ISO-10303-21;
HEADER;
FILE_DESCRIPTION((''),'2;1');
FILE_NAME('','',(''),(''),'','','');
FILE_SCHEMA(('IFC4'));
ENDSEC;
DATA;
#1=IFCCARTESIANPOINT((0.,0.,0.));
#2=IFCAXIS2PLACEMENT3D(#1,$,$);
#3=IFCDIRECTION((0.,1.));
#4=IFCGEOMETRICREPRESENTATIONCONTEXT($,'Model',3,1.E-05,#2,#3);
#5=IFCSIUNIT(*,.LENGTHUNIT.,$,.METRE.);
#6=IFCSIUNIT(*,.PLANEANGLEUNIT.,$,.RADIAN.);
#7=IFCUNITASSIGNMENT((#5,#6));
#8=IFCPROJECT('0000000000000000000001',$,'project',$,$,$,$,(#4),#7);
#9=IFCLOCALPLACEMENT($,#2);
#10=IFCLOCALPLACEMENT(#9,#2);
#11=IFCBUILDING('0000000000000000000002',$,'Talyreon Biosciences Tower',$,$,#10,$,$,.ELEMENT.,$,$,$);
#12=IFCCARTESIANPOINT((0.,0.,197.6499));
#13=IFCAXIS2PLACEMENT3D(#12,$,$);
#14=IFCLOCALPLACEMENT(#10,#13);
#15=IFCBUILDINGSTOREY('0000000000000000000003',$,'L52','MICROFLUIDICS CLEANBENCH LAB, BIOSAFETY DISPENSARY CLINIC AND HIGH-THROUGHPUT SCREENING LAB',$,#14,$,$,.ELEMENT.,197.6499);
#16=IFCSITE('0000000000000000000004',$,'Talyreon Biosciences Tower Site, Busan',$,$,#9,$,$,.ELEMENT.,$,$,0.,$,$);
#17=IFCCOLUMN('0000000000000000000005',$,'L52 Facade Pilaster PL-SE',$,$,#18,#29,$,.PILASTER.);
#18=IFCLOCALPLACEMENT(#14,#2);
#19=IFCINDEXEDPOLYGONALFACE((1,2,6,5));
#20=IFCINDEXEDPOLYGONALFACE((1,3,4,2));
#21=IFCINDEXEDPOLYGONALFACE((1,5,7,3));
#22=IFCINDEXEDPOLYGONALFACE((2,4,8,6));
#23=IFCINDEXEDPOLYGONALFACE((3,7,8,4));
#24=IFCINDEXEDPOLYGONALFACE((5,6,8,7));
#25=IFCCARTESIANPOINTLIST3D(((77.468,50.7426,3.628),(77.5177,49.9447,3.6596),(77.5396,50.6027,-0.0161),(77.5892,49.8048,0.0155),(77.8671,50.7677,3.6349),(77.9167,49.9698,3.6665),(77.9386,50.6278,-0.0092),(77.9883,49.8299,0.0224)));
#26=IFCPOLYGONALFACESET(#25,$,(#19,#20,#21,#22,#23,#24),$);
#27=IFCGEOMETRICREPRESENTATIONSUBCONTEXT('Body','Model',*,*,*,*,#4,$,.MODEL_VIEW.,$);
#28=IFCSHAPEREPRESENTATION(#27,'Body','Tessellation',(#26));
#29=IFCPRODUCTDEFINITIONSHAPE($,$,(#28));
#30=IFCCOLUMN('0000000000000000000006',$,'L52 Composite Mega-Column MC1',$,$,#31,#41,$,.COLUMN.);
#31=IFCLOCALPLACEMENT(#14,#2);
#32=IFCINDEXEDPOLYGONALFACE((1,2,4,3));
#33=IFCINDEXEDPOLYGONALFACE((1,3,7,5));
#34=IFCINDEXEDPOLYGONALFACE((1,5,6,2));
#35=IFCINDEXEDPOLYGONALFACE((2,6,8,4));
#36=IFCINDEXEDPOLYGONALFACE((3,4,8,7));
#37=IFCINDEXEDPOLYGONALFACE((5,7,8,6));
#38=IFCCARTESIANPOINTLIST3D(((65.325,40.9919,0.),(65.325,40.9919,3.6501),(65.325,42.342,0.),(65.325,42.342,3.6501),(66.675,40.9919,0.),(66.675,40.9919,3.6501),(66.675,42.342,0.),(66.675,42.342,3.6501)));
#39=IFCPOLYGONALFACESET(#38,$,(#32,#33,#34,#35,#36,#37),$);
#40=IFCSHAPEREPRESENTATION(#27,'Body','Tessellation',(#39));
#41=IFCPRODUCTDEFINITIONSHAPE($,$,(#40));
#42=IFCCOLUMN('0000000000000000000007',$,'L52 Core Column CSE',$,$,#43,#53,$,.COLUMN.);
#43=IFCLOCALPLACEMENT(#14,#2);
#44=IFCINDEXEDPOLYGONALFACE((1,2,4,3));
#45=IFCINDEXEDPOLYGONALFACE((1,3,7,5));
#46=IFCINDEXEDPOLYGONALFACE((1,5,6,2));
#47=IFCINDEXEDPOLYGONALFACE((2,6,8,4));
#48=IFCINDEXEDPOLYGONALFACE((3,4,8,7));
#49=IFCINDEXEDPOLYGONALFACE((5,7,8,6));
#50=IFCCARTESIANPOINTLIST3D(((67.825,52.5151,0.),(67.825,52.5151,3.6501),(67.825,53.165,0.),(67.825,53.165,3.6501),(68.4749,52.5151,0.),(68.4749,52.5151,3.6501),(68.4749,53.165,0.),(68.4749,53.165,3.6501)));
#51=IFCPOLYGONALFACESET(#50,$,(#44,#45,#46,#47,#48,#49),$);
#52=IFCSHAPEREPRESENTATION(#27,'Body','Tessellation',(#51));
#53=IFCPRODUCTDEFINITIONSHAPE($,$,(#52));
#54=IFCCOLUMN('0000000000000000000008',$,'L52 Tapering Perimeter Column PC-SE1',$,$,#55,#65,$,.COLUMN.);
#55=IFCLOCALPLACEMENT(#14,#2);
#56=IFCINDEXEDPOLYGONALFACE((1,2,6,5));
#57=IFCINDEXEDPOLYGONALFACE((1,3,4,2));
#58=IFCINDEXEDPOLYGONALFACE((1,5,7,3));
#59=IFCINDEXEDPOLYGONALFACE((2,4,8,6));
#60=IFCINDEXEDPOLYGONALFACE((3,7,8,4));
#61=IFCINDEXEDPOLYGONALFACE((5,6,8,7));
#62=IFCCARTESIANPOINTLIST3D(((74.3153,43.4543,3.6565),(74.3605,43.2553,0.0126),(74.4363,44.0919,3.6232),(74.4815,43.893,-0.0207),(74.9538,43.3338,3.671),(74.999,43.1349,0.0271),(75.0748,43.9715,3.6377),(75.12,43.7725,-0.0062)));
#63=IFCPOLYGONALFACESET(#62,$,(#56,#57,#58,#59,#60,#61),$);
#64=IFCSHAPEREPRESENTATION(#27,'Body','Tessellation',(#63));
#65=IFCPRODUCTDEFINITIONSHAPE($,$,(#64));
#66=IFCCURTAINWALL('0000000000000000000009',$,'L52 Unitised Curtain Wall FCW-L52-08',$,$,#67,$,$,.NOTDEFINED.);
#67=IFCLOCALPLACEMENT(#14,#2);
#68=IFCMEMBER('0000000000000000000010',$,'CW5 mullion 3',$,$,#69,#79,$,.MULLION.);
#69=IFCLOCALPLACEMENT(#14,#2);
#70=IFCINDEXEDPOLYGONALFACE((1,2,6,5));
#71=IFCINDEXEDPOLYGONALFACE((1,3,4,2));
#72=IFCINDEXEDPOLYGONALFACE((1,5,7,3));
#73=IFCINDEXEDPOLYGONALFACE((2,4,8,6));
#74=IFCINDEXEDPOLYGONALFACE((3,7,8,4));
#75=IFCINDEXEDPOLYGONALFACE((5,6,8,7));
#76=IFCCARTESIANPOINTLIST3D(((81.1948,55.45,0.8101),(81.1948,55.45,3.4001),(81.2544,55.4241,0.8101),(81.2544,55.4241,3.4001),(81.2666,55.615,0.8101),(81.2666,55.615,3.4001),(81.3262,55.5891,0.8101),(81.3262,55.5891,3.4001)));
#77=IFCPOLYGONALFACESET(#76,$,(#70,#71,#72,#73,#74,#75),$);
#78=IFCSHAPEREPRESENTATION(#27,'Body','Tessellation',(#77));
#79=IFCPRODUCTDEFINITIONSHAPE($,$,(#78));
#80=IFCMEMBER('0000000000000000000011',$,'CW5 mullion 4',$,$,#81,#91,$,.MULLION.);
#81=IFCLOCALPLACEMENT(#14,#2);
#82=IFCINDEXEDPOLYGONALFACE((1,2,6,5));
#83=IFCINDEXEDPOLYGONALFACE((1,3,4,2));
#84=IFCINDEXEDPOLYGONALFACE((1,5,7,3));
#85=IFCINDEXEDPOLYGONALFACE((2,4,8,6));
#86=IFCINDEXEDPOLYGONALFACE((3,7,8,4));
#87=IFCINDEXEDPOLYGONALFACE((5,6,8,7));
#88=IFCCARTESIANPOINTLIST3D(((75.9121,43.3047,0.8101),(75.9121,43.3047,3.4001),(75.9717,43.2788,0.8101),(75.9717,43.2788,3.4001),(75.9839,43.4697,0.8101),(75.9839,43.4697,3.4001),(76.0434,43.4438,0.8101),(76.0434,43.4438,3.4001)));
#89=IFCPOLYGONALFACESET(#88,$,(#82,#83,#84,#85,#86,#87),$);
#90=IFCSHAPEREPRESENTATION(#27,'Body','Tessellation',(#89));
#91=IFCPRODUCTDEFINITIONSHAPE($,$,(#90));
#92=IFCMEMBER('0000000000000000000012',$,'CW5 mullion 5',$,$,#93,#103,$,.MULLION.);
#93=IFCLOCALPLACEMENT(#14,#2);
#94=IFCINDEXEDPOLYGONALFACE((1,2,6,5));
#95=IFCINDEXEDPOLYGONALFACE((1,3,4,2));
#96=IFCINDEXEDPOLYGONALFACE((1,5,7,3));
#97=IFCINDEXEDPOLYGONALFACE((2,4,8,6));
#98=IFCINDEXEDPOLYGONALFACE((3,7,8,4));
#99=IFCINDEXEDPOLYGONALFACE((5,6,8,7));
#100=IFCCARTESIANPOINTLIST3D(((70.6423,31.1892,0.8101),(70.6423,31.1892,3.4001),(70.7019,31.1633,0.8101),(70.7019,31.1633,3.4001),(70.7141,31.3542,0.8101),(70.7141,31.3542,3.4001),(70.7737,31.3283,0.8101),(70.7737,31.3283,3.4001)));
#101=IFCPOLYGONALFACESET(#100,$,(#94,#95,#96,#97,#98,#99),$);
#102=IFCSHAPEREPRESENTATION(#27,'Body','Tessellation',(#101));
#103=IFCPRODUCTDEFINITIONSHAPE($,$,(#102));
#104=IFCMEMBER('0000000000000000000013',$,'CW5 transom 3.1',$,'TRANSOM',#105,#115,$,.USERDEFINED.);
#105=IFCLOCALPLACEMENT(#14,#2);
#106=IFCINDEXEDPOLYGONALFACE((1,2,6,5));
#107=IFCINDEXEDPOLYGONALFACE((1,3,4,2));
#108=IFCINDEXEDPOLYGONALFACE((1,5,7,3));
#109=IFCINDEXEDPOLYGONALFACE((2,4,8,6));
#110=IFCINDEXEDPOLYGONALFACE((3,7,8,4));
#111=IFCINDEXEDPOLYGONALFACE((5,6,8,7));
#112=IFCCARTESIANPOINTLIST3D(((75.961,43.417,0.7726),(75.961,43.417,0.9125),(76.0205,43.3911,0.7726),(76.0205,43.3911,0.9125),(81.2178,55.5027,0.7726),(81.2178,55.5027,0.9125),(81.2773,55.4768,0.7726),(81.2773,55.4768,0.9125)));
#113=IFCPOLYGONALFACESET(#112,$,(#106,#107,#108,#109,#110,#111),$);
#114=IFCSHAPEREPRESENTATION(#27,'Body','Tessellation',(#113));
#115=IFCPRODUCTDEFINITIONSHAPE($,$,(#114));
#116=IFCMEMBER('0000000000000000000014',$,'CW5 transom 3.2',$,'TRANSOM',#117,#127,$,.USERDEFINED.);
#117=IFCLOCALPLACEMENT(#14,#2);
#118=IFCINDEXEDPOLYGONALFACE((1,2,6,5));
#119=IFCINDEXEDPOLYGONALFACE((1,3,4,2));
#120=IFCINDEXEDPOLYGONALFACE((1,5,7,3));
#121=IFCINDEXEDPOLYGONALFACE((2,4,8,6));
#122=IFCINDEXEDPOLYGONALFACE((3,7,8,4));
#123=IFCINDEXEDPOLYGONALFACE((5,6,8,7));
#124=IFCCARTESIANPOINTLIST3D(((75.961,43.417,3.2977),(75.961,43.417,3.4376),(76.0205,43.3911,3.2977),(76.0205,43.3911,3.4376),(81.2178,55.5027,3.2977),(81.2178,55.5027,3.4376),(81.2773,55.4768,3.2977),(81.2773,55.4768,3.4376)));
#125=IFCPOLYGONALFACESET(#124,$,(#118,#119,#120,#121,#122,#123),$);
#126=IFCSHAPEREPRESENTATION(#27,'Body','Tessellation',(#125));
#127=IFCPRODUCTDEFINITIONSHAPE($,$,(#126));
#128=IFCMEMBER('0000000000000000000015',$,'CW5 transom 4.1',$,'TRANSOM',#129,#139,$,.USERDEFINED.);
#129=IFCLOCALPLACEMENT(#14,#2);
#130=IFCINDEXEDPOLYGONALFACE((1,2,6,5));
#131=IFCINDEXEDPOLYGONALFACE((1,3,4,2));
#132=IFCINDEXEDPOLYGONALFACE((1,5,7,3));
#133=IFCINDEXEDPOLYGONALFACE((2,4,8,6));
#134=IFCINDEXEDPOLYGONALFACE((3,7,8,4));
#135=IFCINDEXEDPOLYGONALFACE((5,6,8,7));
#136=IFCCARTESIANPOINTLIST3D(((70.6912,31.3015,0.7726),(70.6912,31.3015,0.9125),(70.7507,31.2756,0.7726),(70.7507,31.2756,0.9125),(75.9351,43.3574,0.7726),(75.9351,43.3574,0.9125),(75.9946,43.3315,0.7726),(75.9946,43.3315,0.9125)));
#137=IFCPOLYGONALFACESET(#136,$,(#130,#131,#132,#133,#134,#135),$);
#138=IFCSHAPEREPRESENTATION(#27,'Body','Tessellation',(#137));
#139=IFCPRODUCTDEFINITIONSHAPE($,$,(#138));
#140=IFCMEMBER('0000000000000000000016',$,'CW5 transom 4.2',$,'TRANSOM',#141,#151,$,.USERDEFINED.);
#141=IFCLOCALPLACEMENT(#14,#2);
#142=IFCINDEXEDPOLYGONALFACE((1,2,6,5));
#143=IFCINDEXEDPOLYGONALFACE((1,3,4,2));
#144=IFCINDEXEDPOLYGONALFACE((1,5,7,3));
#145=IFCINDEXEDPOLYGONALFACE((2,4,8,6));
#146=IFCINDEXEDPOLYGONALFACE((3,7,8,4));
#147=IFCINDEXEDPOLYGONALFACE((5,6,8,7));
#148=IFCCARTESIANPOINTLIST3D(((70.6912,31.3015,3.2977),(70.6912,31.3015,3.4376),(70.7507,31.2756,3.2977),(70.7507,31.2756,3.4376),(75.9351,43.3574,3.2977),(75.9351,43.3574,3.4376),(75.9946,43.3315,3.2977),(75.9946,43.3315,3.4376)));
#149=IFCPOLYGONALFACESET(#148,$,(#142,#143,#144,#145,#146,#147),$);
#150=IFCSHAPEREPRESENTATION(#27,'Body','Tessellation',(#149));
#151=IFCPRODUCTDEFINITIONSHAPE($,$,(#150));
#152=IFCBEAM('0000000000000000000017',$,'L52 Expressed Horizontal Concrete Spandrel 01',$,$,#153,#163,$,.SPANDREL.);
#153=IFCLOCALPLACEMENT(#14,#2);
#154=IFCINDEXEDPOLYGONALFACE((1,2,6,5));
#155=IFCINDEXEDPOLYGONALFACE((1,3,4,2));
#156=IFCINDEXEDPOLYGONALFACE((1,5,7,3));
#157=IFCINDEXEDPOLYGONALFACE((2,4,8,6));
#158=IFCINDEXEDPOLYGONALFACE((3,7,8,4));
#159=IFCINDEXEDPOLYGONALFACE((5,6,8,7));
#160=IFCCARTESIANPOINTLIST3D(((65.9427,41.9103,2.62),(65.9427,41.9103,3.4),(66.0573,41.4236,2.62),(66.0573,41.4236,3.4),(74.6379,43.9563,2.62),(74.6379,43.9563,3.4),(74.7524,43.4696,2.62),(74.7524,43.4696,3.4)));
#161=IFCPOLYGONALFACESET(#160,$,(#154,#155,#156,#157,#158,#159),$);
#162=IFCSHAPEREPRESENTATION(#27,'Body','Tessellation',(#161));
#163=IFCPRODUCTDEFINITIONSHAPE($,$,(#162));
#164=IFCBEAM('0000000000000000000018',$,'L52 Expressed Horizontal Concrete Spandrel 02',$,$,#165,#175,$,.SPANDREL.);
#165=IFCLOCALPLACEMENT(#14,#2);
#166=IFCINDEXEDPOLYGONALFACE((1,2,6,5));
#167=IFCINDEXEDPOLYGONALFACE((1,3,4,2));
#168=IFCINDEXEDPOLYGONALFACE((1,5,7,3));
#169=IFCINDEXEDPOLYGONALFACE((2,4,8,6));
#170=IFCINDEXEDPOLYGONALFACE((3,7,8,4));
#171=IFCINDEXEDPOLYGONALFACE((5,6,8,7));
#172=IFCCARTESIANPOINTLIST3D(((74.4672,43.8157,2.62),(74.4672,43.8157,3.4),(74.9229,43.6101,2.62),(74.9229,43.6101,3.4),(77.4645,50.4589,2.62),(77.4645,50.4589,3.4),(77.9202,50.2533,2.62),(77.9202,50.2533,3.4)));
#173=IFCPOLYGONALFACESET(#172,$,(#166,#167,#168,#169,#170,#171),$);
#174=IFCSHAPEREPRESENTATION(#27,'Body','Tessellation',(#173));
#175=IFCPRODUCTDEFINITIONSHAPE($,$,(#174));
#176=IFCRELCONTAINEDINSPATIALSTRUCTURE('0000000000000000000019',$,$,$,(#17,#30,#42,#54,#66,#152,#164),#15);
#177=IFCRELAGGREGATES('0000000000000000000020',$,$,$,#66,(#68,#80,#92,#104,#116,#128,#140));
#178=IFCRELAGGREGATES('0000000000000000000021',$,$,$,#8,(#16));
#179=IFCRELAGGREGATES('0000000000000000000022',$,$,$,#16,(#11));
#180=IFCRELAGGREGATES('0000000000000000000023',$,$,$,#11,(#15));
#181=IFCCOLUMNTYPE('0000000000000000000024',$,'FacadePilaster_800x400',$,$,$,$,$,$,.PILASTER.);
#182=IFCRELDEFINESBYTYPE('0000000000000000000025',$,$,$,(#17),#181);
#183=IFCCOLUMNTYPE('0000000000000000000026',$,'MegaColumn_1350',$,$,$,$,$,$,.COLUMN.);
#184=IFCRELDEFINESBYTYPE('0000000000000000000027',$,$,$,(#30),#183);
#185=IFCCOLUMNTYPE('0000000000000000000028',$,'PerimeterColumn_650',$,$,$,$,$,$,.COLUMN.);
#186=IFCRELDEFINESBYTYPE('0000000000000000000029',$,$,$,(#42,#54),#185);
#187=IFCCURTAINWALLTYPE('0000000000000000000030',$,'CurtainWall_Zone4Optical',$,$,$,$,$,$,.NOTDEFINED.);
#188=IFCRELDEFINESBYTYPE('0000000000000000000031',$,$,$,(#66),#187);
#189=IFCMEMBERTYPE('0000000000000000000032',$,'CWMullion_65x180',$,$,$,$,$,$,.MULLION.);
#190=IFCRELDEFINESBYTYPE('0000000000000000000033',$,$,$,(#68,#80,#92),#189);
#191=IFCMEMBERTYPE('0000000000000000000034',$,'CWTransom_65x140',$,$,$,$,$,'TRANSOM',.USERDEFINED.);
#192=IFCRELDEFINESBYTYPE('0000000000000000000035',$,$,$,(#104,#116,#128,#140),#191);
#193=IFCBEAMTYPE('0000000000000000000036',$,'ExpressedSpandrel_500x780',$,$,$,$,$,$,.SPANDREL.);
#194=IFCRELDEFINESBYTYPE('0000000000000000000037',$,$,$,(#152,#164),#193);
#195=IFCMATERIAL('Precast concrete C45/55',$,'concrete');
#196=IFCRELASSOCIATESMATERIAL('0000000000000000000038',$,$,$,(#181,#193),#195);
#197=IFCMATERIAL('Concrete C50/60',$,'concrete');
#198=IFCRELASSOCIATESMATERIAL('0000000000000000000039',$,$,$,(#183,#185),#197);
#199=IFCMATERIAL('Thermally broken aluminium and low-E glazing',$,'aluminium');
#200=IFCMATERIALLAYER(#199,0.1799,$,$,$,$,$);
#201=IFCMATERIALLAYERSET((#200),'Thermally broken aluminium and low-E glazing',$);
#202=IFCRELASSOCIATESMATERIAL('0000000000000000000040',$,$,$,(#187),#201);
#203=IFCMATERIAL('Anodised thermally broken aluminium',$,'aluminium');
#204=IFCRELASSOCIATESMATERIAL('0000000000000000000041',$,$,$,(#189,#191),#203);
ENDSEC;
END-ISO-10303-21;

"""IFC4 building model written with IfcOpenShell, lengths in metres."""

from ifc_helpers import new_model, si_unit, direction, frame, origin, origin_2d, place, context, subcontext, project, spatial, rectangle, extrude, material, layer, layer_set, material_profile, profile_set, type_object, element, aggregate, save


model = new_model("IFC4")

# Units and contexts
model_context = context("Model", 3, precision=1e-05, world=origin(), true_north=direction((0.0, 1.0)))
body_context = subcontext(model_context, "Body", "Model", "MODEL_VIEW")
ifc_project = project(units=[si_unit("LENGTHUNIT", "METRE"), si_unit("PLANEANGLEUNIT", "RADIAN")], contexts=[model_context])

# Site, building, storey
site_placement = place(None, origin())
site = spatial("IfcSite", under=ifc_project, at=site_placement, Name="Talyreon Biosciences Tower Site, Busan", CompositionType="ELEMENT", RefElevation=0.0)
building_placement = place(site_placement, origin())
building = spatial("IfcBuilding", under=site, at=building_placement, Name="Talyreon Biosciences Tower", CompositionType="ELEMENT")
storey_placement = place(building_placement, frame((0.0, 0.0, 197.6499)))
storey = spatial("IfcBuildingStorey", under=building, at=storey_placement, Name="L52", Description="MICROFLUIDICS CLEANBENCH LAB, BIOSAFETY DISPENSARY CLINIC AND HIGH-THROUGHPUT SCREENING LAB", CompositionType="ELEMENT", Elevation=197.6499)

# Columns
ifc_material_1 = material(Name="Precast concrete C45/55", Category="concrete")
ifc_material_profile_1 = material_profile(ifc_material_1, rectangle(XDim=0.8, YDim=0.3999, at=origin_2d()), Name="RC 800x400")
ifc_profile_set_1 = profile_set([ifc_material_profile_1], Name="Precast concrete C45/55")
column_type_1 = type_object("IfcColumnType", Name="FacadePilaster_800x400", PredefinedType="PILASTER", material=ifc_profile_set_1)
column_1_placement = place(storey_placement, frame((77.7639, 50.2163, 0.0032), z_axis=(-0.019612, 0.038354, 0.999072), x_axis=(0.062066, -0.99729, 0.039504)))
element("IfcColumn", 1, at=column_1_placement, inside=storey, type_object=column_type_1, Name="L52 Facade Pilaster PL-SE", PredefinedType="PILASTER", context=body_context, shape_type="SweptSolid", body=[
    extrude(rectangle(XDim=0.8, YDim=0.3999, at=origin_2d()), origin(), (0.0, 0.0, 1.0), 3.6475),
])
ifc_material_2 = material(Name="Concrete C50/60", Category="concrete")
ifc_material_profile_2 = material_profile(ifc_material_2, rectangle(XDim=1.3501, YDim=1.3501, at=origin_2d()), Name="RC 1350x1350")
ifc_profile_set_2 = profile_set([ifc_material_profile_2], Name="Concrete C50/60")
column_type_2 = type_object("IfcColumnType", Name="MegaColumn_1350", PredefinedType="COLUMN", material=ifc_profile_set_2)
column_2_placement = place(storey_placement, frame((66.0, 41.667, 0.0), z_axis=(0.0, 0.0, 1.0), x_axis=(1.0, 0.0, 0.0)))
element("IfcColumn", 2, at=column_2_placement, inside=storey, type_object=column_type_2, Name="L52 Composite Mega-Column MC1", PredefinedType="COLUMN", context=body_context, shape_type="SweptSolid", body=[
    extrude(rectangle(XDim=1.3501, YDim=1.3501, at=origin_2d()), origin(), (0.0, 0.0, 1.0), 3.6501),
])
ifc_material_profile_3 = material_profile(ifc_material_2, rectangle(XDim=0.6499, YDim=0.6499, at=origin_2d()), Name="RC 650x650")
ifc_profile_set_3 = profile_set([ifc_material_profile_3], Name="Concrete C50/60")
column_type_3 = type_object("IfcColumnType", Name="PerimeterColumn_650", PredefinedType="COLUMN", material=ifc_profile_set_3)
column_3_placement = place(storey_placement, frame((68.1499, 52.8401, 0.0), z_axis=(0.0, 0.0, 1.0), x_axis=(1.0, 0.0, 0.0)))
element("IfcColumn", 3, at=column_3_placement, inside=storey, type_object=column_type_3, Name="L52 Core Column CSE", PredefinedType="COLUMN", context=body_context, shape_type="SweptSolid", body=[
    extrude(rectangle(XDim=0.6499, YDim=0.6499, at=origin_2d()), origin(), (0.0, 0.0, 1.0), 3.6501),
])
column_4_placement = place(storey_placement, frame((74.7402, 43.5139, 0.0032), z_axis=(-0.012375, 0.054517, 0.998436), x_axis=(-0.186206, -0.981172, 0.051267)))
element("IfcColumn", 4, at=column_4_placement, inside=storey, type_object=column_type_3, Name="L52 Tapering Perimeter Column PC-SE1", PredefinedType="COLUMN", context=body_context, shape_type="SweptSolid", body=[
    extrude(rectangle(XDim=0.6499, YDim=0.6499, at=origin_2d()), origin(), (0.0, 0.0, 1.0), 3.6497),
])

# Curtain wall, members
ifc_material_3 = material(Name="Thermally broken aluminium and low-E glazing", Category="aluminium")
ifc_layer_1 = layer(ifc_material_3, 0.1799)
ifc_layer_set_1 = layer_set([ifc_layer_1], Name="Thermally broken aluminium and low-E glazing")
curtain_wall_type = type_object("IfcCurtainWallType", Name="CurtainWall_Zone4Optical", PredefinedType="NOTDEFINED", material=ifc_layer_set_1)
curtain_wall_placement = place(storey_placement, origin())
curtain_wall = element("IfcCurtainWall", 5, at=curtain_wall_placement, inside=storey, type_object=curtain_wall_type, Name="L52 Unitised Curtain Wall FCW-L52-08", PredefinedType="NOTDEFINED")
ifc_material_4 = material(Name="Anodised thermally broken aluminium", Category="aluminium")
ifc_material_profile_4 = material_profile(ifc_material_4, rectangle(XDim=0.0649, YDim=0.1799, at=origin_2d()), Name="ALUM MULLION 65x180")
ifc_profile_set_4 = profile_set([ifc_material_profile_4], Name="Anodised thermally broken aluminium")
member_type_1 = type_object("IfcMemberType", Name="CWMullion_65x180", PredefinedType="MULLION", material=ifc_profile_set_4)
member_1_placement = place(storey_placement, frame((81.2605, 55.5195, 0.8101), z_axis=(0.0, 0.0, 1.0), x_axis=(0.917011, -0.398862, 0.0)))
member_1 = element("IfcMember", 6, at=member_1_placement, type_object=member_type_1, Name="CW5 mullion 3", PredefinedType="MULLION", context=body_context, shape_type="SweptSolid", body=[
    extrude(rectangle(XDim=0.0649, YDim=0.1799, at=origin_2d()), origin(), (0.0, 0.0, 1.0), 2.5901),
])
member_2_placement = place(storey_placement, frame((75.9778, 43.3743, 0.8101), z_axis=(0.0, 0.0, 1.0), x_axis=(0.917011, -0.398862, 0.0)))
member_2 = element("IfcMember", 7, at=member_2_placement, type_object=member_type_1, Name="CW5 mullion 4", PredefinedType="MULLION", context=body_context, shape_type="SweptSolid", body=[
    extrude(rectangle(XDim=0.0649, YDim=0.1799, at=origin_2d()), origin(), (0.0, 0.0, 1.0), 2.5901),
])
member_3_placement = place(storey_placement, frame((70.708, 31.2588, 0.8101), z_axis=(0.0, 0.0, 1.0), x_axis=(0.917011, -0.398862, 0.0)))
member_3 = element("IfcMember", 8, at=member_3_placement, type_object=member_type_1, Name="CW5 mullion 5", PredefinedType="MULLION", context=body_context, shape_type="SweptSolid", body=[
    extrude(rectangle(XDim=0.0649, YDim=0.1799, at=origin_2d()), origin(), (0.0, 0.0, 1.0), 2.5901),
])
ifc_material_profile_5 = material_profile(ifc_material_4, rectangle(XDim=0.0649, YDim=0.1399, at=origin_2d()), Name="ALUM TRANSOM 65x140")
ifc_profile_set_5 = profile_set([ifc_material_profile_5], Name="Anodised thermally broken aluminium")
member_type_2 = type_object("IfcMemberType", Name="CWTransom_65x140", ElementType="TRANSOM", PredefinedType="USERDEFINED", material=ifc_profile_set_5)
member_4_placement = place(storey_placement, frame((81.2476, 55.4897, 0.8425), z_axis=(-0.398866, -0.917009, 0.0), x_axis=(0.917009, -0.398866, 0.0)))
member_4 = element("IfcMember", 9, at=member_4_placement, type_object=member_type_2, Name="CW5 transom 3.1", ObjectType="TRANSOM", PredefinedType="USERDEFINED", context=body_context, shape_type="SweptSolid", body=[
    extrude(rectangle(XDim=0.0649, YDim=0.1399, at=origin_2d()), origin(), (0.0, 0.0, 1.0), 13.1794),
])
member_5_placement = place(storey_placement, frame((81.2476, 55.4897, 3.3677), z_axis=(-0.398866, -0.917009, 0.0), x_axis=(0.917009, -0.398866, 0.0)))
member_5 = element("IfcMember", 10, at=member_5_placement, type_object=member_type_2, Name="CW5 transom 3.2", ObjectType="TRANSOM", PredefinedType="USERDEFINED", context=body_context, shape_type="SweptSolid", body=[
    extrude(rectangle(XDim=0.0649, YDim=0.1399, at=origin_2d()), origin(), (0.0, 0.0, 1.0), 13.1794),
])
member_6_placement = place(storey_placement, frame((75.9648, 43.3445, 0.8425), z_axis=(-0.398867, -0.917009, 0.0), x_axis=(0.917009, -0.398867, 0.0)))
member_6 = element("IfcMember", 11, at=member_6_placement, type_object=member_type_2, Name="CW5 transom 4.1", ObjectType="TRANSOM", PredefinedType="USERDEFINED", context=body_context, shape_type="SweptSolid", body=[
    extrude(rectangle(XDim=0.0649, YDim=0.1399, at=origin_2d()), origin(), (0.0, 0.0, 1.0), 13.147),
])
member_7_placement = place(storey_placement, frame((75.9648, 43.3445, 3.3677), z_axis=(-0.398867, -0.917009, 0.0), x_axis=(0.917009, -0.398867, 0.0)))
member_7 = element("IfcMember", 12, at=member_7_placement, type_object=member_type_2, Name="CW5 transom 4.2", ObjectType="TRANSOM", PredefinedType="USERDEFINED", context=body_context, shape_type="SweptSolid", body=[
    extrude(rectangle(XDim=0.0649, YDim=0.1399, at=origin_2d()), origin(), (0.0, 0.0, 1.0), 13.147),
])

# Beams
ifc_material_profile_6 = material_profile(ifc_material_1, rectangle(XDim=0.5, YDim=0.78, at=origin_2d()), Name="RCB 500x780")
ifc_profile_set_6 = profile_set([ifc_material_profile_6], Name="Precast concrete C45/55")
beam_type_1 = type_object("IfcBeamType", Name="ExpressedSpandrel_500x780", PredefinedType="SPANDREL", material=ifc_profile_set_6)
beam_1_placement = place(storey_placement, frame((66.0, 41.667, 3.01), z_axis=(0.973417, 0.229039, 0.0), x_axis=(-0.229039, 0.973417, 0.0)))
element("IfcBeam", 13, at=beam_1_placement, inside=storey, type_object=beam_type_1, Name="L52 Expressed Horizontal Concrete Spandrel 01", PredefinedType="SPANDREL", context=body_context, shape_type="SweptSolid", body=[
    extrude(rectangle(XDim=0.5, YDim=0.78, at=origin_2d()), origin(), (0.0, 0.0, 1.0), 8.9326),
])
beam_2_placement = place(storey_placement, frame((74.6951, 43.7129, 3.01), z_axis=(0.411257, 0.911519, 0.0), x_axis=(-0.911519, 0.411257, 0.0)))
element("IfcBeam", 14, at=beam_2_placement, inside=storey, type_object=beam_type_1, Name="L52 Expressed Horizontal Concrete Spandrel 02", PredefinedType="SPANDREL", context=body_context, shape_type="SweptSolid", body=[
    extrude(rectangle(XDim=0.5, YDim=0.78, at=origin_2d()), origin(), (0.0, 0.0, 1.0), 7.2881),
])

aggregate(curtain_wall, [member_1, member_2, member_3, member_4, member_5, member_6, member_7])

save(model, "model.ifc")
